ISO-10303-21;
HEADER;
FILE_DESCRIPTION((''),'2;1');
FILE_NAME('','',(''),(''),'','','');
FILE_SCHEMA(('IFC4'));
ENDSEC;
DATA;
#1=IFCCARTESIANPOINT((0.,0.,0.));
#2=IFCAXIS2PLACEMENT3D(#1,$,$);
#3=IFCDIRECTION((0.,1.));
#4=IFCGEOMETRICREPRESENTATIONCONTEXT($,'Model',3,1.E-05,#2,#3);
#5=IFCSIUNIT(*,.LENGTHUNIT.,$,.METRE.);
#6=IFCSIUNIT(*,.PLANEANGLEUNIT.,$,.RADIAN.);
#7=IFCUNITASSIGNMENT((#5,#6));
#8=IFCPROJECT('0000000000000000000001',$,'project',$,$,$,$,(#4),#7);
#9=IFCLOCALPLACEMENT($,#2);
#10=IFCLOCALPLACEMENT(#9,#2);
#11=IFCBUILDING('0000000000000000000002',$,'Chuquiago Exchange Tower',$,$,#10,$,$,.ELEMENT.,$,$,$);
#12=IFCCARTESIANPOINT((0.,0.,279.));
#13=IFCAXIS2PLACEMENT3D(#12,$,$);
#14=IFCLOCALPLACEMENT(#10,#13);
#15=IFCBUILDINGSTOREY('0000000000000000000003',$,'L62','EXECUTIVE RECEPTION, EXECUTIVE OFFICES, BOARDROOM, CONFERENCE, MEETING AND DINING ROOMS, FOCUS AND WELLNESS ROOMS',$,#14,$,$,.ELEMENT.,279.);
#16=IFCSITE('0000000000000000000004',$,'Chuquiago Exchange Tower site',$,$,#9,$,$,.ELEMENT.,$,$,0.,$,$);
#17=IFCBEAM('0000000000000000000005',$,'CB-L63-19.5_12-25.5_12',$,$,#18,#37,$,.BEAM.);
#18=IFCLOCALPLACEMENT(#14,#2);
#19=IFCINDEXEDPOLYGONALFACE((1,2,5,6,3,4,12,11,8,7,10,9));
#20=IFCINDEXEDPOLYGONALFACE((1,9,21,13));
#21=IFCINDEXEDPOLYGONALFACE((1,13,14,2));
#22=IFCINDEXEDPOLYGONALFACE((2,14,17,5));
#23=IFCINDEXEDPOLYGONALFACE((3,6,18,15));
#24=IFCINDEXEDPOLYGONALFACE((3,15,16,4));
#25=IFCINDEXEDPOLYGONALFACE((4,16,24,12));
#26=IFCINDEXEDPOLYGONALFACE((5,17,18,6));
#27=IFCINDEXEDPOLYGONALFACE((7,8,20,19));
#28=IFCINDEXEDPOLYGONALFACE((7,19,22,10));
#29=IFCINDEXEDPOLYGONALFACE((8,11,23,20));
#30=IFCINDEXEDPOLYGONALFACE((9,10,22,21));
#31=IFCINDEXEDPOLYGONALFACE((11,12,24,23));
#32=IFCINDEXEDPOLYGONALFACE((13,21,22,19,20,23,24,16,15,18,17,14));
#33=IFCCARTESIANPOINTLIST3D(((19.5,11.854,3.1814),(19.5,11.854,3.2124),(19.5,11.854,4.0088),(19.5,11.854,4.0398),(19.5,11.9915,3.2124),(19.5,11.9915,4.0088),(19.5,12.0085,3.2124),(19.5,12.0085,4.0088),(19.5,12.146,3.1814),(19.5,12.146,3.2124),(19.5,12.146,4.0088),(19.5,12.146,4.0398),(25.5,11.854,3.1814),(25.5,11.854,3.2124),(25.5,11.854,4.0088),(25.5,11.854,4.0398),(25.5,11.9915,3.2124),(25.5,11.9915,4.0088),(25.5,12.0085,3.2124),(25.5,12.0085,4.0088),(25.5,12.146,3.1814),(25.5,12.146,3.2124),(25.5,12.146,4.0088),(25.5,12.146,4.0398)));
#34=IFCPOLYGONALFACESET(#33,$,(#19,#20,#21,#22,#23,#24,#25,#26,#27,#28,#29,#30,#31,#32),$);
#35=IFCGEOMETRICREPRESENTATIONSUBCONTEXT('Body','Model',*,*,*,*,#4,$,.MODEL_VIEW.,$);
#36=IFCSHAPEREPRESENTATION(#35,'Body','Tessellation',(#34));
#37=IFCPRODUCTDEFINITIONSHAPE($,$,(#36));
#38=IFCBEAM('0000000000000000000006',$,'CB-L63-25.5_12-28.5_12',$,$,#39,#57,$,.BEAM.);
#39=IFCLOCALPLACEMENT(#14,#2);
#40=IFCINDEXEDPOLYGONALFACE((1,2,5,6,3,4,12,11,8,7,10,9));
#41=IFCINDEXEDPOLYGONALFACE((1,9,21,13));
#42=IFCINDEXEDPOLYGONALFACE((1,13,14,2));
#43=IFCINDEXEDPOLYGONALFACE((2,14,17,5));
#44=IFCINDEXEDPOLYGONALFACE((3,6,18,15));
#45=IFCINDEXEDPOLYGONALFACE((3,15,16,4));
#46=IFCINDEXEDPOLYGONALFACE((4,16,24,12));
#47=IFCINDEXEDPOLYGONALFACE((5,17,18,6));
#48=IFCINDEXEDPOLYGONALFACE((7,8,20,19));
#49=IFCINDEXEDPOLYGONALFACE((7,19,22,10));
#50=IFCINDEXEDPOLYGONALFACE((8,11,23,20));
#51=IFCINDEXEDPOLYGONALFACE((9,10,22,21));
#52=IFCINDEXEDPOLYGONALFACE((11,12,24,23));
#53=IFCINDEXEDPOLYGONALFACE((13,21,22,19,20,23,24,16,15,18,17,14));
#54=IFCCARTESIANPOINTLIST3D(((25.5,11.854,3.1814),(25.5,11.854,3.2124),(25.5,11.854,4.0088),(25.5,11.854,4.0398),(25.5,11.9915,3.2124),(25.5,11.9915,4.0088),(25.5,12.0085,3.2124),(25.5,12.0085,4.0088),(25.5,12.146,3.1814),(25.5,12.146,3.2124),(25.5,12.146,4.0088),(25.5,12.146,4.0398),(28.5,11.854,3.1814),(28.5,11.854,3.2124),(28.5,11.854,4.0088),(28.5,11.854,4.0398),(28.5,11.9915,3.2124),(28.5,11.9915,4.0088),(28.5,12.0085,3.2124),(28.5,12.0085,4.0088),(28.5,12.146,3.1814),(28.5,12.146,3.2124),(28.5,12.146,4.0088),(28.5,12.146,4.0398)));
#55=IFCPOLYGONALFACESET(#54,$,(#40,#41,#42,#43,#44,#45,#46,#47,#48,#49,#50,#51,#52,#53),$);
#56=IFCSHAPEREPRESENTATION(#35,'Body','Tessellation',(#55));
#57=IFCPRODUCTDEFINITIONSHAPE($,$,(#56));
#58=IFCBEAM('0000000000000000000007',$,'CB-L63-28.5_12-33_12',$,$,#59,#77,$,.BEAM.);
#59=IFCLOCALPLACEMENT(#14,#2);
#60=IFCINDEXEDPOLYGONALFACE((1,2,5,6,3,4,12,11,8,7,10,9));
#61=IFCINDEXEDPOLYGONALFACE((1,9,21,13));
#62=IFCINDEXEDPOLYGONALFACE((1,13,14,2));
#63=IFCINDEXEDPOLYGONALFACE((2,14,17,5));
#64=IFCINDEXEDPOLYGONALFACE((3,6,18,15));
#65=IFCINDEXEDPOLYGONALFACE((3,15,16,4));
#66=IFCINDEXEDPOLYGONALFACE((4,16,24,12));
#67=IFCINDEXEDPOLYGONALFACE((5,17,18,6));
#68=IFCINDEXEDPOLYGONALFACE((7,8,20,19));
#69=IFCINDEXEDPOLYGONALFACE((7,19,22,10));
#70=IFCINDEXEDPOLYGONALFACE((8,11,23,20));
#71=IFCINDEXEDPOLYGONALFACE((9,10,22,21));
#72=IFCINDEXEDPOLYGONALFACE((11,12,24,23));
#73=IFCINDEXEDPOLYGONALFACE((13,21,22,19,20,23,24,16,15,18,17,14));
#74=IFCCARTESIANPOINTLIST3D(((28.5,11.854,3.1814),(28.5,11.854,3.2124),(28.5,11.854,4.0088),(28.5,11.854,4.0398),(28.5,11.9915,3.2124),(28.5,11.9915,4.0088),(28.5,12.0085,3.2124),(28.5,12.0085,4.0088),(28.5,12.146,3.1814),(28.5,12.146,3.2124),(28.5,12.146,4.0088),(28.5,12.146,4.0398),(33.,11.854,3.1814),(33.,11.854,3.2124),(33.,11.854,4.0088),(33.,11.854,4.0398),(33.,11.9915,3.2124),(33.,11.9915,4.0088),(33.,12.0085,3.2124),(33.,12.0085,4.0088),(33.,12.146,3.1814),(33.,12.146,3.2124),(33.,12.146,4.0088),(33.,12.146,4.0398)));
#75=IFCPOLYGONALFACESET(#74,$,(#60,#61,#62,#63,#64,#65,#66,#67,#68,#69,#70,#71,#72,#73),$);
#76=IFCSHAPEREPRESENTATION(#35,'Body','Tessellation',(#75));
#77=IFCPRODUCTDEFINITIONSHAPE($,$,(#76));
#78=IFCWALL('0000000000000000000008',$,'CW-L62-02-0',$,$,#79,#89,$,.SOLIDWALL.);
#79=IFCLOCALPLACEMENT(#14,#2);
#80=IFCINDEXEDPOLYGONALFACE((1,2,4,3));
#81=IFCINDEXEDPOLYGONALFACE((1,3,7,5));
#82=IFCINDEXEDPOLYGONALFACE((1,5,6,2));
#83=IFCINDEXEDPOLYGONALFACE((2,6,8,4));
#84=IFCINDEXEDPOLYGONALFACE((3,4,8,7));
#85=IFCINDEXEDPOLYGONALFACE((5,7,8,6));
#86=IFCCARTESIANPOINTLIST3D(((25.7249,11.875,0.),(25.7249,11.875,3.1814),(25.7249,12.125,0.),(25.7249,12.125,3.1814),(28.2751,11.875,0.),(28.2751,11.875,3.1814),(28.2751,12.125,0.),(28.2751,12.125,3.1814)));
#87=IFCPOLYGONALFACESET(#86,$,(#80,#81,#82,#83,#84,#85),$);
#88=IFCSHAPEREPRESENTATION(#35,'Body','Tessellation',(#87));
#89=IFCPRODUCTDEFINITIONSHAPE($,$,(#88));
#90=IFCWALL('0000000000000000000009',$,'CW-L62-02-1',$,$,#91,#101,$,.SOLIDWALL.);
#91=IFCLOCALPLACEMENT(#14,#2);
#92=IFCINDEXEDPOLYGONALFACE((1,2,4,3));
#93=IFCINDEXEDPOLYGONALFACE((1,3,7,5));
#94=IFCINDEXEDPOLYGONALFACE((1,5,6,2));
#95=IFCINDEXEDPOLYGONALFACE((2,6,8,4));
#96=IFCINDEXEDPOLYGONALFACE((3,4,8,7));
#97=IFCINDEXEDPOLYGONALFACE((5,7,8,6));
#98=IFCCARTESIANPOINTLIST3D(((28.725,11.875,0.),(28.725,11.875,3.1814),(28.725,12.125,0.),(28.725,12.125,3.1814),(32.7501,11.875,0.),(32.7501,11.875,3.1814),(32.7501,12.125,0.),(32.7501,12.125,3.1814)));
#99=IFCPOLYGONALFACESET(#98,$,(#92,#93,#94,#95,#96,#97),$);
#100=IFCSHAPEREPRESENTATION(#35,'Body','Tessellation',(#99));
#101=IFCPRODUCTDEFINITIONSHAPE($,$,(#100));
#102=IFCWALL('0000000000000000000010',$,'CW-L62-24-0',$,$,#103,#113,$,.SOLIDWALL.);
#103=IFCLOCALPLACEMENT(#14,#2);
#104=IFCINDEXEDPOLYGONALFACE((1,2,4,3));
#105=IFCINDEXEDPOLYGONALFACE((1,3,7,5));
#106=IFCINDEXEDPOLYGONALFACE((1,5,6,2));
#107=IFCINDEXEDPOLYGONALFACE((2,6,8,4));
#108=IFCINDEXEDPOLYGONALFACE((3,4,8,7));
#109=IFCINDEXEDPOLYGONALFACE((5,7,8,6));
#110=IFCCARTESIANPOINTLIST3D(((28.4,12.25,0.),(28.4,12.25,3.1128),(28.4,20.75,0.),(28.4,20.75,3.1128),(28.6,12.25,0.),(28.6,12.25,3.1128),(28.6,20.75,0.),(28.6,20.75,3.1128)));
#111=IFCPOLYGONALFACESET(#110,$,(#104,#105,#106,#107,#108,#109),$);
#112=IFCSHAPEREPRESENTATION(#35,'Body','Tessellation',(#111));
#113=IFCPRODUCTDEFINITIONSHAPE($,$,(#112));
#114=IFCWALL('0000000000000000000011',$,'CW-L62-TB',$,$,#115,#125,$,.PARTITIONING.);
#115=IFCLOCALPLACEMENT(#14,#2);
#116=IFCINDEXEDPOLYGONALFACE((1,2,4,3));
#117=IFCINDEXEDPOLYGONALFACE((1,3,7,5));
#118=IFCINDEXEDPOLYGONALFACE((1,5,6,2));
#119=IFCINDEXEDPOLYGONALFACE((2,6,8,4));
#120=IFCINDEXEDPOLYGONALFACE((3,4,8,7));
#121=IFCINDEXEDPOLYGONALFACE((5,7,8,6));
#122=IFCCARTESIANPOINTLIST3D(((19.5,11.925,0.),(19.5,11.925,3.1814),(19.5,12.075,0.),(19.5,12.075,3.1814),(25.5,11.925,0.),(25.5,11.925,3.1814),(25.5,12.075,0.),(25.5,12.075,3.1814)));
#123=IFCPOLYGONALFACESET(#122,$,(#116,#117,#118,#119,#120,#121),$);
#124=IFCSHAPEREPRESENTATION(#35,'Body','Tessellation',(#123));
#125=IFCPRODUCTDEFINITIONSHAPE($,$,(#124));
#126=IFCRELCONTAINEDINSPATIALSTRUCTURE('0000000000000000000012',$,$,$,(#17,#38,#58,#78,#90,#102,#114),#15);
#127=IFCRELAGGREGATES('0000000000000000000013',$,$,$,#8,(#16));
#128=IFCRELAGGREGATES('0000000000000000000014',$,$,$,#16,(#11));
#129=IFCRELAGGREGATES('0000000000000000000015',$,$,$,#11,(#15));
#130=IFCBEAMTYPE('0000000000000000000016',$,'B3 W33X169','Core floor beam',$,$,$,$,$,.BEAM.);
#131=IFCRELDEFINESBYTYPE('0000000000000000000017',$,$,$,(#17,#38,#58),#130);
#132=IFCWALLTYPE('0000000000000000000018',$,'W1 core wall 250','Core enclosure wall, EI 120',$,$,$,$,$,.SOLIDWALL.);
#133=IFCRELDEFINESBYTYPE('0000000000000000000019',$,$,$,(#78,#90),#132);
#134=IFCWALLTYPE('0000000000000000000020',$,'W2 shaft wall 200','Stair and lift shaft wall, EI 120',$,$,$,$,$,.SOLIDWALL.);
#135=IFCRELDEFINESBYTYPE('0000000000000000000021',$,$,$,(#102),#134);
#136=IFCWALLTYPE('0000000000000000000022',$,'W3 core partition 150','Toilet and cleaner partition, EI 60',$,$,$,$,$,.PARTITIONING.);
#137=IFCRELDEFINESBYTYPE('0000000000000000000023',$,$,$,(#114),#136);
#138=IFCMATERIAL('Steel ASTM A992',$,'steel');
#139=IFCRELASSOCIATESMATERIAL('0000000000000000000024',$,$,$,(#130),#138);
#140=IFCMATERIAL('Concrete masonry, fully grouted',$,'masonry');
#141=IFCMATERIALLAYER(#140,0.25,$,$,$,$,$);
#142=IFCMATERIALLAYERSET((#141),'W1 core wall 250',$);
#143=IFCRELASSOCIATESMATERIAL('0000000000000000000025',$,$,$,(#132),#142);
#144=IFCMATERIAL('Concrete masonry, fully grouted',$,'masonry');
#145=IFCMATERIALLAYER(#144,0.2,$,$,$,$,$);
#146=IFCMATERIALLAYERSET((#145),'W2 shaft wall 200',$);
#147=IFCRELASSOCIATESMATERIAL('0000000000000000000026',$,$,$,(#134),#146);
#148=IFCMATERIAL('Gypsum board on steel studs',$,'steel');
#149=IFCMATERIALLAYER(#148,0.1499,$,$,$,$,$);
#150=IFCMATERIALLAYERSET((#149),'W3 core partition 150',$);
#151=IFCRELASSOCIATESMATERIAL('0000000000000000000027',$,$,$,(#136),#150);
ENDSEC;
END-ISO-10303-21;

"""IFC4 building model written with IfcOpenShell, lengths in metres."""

from ifc_helpers import new_model, si_unit, direction, frame, frame_2d, origin, origin_2d, place, context, subcontext, project, spatial, rectangle, i_section, extrude, material, layer, layer_set, material_profile, profile_set, type_object, element, save


model = new_model("IFC4")

# Units and contexts
model_context = context("Model", 3, precision=1e-05, world=origin(), true_north=direction((0.0, 1.0)))
body_context = subcontext(model_context, "Body", "Model", "MODEL_VIEW")
ifc_project = project(units=[si_unit("LENGTHUNIT", "METRE"), si_unit("PLANEANGLEUNIT", "RADIAN")], contexts=[model_context])

# Site, building, storey
site_placement = place(None, origin())
site = spatial("IfcSite", under=ifc_project, at=site_placement, Name="Chuquiago Exchange Tower site", CompositionType="ELEMENT", RefElevation=0.0)
building_placement = place(site_placement, origin())
building = spatial("IfcBuilding", under=site, at=building_placement, Name="Chuquiago Exchange Tower", CompositionType="ELEMENT")
storey_placement = place(building_placement, frame((0.0, 0.0, 279.0)))
storey = spatial("IfcBuildingStorey", under=building, at=storey_placement, Name="L62", Description="EXECUTIVE RECEPTION, EXECUTIVE OFFICES, BOARDROOM, CONFERENCE, MEETING AND DINING ROOMS, FOCUS AND WELLNESS ROOMS", CompositionType="ELEMENT", Elevation=279.0)

# Beams
ifc_material_1 = material(Name="Steel ASTM A992", Category="steel")
ifc_material_profile_1 = material_profile(ifc_material_1, i_section(OverallWidth=0.292, OverallDepth=0.8584, WebThickness=0.0171, FlangeThickness=0.031, at=origin_2d()), Name="W33X169")
ifc_profile_set_1 = profile_set([ifc_material_profile_1], Name="Steel ASTM A992")
beam_type_1 = type_object("IfcBeamType", Name="B3 W33X169", Description="Core floor beam", PredefinedType="BEAM", material=ifc_profile_set_1)
beam_1_placement = place(storey_placement, frame((19.5, 12.0, 3.6106), z_axis=(1.0, 0.0, 0.0), x_axis=(0.0, 1.0, 0.0)))
element("IfcBeam", 1, at=beam_1_placement, inside=storey, type_object=beam_type_1, Name="CB-L63-19.5_12-25.5_12", PredefinedType="BEAM", context=body_context, shape_type="SweptSolid", body=[
    extrude(i_section(OverallWidth=0.292, OverallDepth=0.8584, WebThickness=0.0171, FlangeThickness=0.031, at=origin_2d()), origin(), (0.0, 0.0, 1.0), 6.0),
])
beam_2_placement = place(storey_placement, frame((25.5, 12.0, 3.6106), z_axis=(1.0, 0.0, 0.0), x_axis=(0.0, 1.0, 0.0)))
element("IfcBeam", 2, at=beam_2_placement, inside=storey, type_object=beam_type_1, Name="CB-L63-25.5_12-28.5_12", PredefinedType="BEAM", context=body_context, shape_type="SweptSolid", body=[
    extrude(i_section(OverallWidth=0.292, OverallDepth=0.8584, WebThickness=0.0171, FlangeThickness=0.031, at=origin_2d()), origin(), (0.0, 0.0, 1.0), 3.0),
])
beam_3_placement = place(storey_placement, frame((28.5, 12.0, 3.6106), z_axis=(1.0, 0.0, 0.0), x_axis=(0.0, 1.0, 0.0)))
element("IfcBeam", 3, at=beam_3_placement, inside=storey, type_object=beam_type_1, Name="CB-L63-28.5_12-33_12", PredefinedType="BEAM", context=body_context, shape_type="SweptSolid", body=[
    extrude(i_section(OverallWidth=0.292, OverallDepth=0.8584, WebThickness=0.0171, FlangeThickness=0.031, at=origin_2d()), origin(), (0.0, 0.0, 1.0), 4.5),
])

# Walls
ifc_material_2 = material(Name="Concrete masonry, fully grouted", Category="masonry")
ifc_layer_1 = layer(ifc_material_2, 0.25)
ifc_layer_set_1 = layer_set([ifc_layer_1], Name="W1 core wall 250")
wall_type_1 = type_object("IfcWallType", Name="W1 core wall 250", Description="Core enclosure wall, EI 120", PredefinedType="SOLIDWALL", material=ifc_layer_set_1)
wall_1_placement = place(storey_placement, frame((25.7249, 12.0, 0.0), z_axis=(0.0, 0.0, 1.0), x_axis=(1.0, 0.0, 0.0)))
element("IfcWall", 4, at=wall_1_placement, inside=storey, type_object=wall_type_1, Name="CW-L62-02-0", PredefinedType="SOLIDWALL", context=body_context, shape_type="SweptSolid", body=[
    extrude(rectangle(XDim=2.5503, YDim=0.25, at=frame_2d((1.2751, 0.0))), origin(), (0.0, 0.0, 1.0), 3.1814),
])
wall_2_placement = place(storey_placement, frame((28.7249, 12.0, 0.0), z_axis=(0.0, 0.0, 1.0), x_axis=(1.0, 0.0, 0.0)))
element("IfcWall", 5, at=wall_2_placement, inside=storey, type_object=wall_type_1, Name="CW-L62-02-1", PredefinedType="SOLIDWALL", context=body_context, shape_type="SweptSolid", body=[
    extrude(rectangle(XDim=4.0251, YDim=0.25, at=frame_2d((2.0127, 0.0))), origin(), (0.0, 0.0, 1.0), 3.1814),
])
ifc_material_3 = material(Name="Concrete masonry, fully grouted", Category="masonry")
ifc_layer_2 = layer(ifc_material_3, 0.2)
ifc_layer_set_2 = layer_set([ifc_layer_2], Name="W2 shaft wall 200")
wall_type_2 = type_object("IfcWallType", Name="W2 shaft wall 200", Description="Stair and lift shaft wall, EI 120", PredefinedType="SOLIDWALL", material=ifc_layer_set_2)
wall_3_placement = place(storey_placement, frame((28.5, 12.25, 0.0), z_axis=(0.0, 0.0, 1.0), x_axis=(0.0, 1.0, 0.0)))
element("IfcWall", 6, at=wall_3_placement, inside=storey, type_object=wall_type_2, Name="CW-L62-24-0", PredefinedType="SOLIDWALL", context=body_context, shape_type="SweptSolid", body=[
    extrude(rectangle(XDim=8.5, YDim=0.2, at=frame_2d((4.25, 0.0))), origin(), (0.0, 0.0, 1.0), 3.1128),
])
ifc_material_4 = material(Name="Gypsum board on steel studs", Category="steel")
ifc_layer_3 = layer(ifc_material_4, 0.1499)
ifc_layer_set_3 = layer_set([ifc_layer_3], Name="W3 core partition 150")
wall_type_3 = type_object("IfcWallType", Name="W3 core partition 150", Description="Toilet and cleaner partition, EI 60", PredefinedType="PARTITIONING", material=ifc_layer_set_3)
wall_4_placement = place(storey_placement, frame((19.5, 12.0, 0.0), z_axis=(0.0, 0.0, 1.0), x_axis=(1.0, 0.0, 0.0)))
element("IfcWall", 7, at=wall_4_placement, inside=storey, type_object=wall_type_3, Name="CW-L62-TB", PredefinedType="PARTITIONING", context=body_context, shape_type="SweptSolid", body=[
    extrude(rectangle(XDim=6.0, YDim=0.1499, at=frame_2d((3.0, 0.0))), origin(), (0.0, 0.0, 1.0), 3.1814),
])

save(model, "model.ifc")
